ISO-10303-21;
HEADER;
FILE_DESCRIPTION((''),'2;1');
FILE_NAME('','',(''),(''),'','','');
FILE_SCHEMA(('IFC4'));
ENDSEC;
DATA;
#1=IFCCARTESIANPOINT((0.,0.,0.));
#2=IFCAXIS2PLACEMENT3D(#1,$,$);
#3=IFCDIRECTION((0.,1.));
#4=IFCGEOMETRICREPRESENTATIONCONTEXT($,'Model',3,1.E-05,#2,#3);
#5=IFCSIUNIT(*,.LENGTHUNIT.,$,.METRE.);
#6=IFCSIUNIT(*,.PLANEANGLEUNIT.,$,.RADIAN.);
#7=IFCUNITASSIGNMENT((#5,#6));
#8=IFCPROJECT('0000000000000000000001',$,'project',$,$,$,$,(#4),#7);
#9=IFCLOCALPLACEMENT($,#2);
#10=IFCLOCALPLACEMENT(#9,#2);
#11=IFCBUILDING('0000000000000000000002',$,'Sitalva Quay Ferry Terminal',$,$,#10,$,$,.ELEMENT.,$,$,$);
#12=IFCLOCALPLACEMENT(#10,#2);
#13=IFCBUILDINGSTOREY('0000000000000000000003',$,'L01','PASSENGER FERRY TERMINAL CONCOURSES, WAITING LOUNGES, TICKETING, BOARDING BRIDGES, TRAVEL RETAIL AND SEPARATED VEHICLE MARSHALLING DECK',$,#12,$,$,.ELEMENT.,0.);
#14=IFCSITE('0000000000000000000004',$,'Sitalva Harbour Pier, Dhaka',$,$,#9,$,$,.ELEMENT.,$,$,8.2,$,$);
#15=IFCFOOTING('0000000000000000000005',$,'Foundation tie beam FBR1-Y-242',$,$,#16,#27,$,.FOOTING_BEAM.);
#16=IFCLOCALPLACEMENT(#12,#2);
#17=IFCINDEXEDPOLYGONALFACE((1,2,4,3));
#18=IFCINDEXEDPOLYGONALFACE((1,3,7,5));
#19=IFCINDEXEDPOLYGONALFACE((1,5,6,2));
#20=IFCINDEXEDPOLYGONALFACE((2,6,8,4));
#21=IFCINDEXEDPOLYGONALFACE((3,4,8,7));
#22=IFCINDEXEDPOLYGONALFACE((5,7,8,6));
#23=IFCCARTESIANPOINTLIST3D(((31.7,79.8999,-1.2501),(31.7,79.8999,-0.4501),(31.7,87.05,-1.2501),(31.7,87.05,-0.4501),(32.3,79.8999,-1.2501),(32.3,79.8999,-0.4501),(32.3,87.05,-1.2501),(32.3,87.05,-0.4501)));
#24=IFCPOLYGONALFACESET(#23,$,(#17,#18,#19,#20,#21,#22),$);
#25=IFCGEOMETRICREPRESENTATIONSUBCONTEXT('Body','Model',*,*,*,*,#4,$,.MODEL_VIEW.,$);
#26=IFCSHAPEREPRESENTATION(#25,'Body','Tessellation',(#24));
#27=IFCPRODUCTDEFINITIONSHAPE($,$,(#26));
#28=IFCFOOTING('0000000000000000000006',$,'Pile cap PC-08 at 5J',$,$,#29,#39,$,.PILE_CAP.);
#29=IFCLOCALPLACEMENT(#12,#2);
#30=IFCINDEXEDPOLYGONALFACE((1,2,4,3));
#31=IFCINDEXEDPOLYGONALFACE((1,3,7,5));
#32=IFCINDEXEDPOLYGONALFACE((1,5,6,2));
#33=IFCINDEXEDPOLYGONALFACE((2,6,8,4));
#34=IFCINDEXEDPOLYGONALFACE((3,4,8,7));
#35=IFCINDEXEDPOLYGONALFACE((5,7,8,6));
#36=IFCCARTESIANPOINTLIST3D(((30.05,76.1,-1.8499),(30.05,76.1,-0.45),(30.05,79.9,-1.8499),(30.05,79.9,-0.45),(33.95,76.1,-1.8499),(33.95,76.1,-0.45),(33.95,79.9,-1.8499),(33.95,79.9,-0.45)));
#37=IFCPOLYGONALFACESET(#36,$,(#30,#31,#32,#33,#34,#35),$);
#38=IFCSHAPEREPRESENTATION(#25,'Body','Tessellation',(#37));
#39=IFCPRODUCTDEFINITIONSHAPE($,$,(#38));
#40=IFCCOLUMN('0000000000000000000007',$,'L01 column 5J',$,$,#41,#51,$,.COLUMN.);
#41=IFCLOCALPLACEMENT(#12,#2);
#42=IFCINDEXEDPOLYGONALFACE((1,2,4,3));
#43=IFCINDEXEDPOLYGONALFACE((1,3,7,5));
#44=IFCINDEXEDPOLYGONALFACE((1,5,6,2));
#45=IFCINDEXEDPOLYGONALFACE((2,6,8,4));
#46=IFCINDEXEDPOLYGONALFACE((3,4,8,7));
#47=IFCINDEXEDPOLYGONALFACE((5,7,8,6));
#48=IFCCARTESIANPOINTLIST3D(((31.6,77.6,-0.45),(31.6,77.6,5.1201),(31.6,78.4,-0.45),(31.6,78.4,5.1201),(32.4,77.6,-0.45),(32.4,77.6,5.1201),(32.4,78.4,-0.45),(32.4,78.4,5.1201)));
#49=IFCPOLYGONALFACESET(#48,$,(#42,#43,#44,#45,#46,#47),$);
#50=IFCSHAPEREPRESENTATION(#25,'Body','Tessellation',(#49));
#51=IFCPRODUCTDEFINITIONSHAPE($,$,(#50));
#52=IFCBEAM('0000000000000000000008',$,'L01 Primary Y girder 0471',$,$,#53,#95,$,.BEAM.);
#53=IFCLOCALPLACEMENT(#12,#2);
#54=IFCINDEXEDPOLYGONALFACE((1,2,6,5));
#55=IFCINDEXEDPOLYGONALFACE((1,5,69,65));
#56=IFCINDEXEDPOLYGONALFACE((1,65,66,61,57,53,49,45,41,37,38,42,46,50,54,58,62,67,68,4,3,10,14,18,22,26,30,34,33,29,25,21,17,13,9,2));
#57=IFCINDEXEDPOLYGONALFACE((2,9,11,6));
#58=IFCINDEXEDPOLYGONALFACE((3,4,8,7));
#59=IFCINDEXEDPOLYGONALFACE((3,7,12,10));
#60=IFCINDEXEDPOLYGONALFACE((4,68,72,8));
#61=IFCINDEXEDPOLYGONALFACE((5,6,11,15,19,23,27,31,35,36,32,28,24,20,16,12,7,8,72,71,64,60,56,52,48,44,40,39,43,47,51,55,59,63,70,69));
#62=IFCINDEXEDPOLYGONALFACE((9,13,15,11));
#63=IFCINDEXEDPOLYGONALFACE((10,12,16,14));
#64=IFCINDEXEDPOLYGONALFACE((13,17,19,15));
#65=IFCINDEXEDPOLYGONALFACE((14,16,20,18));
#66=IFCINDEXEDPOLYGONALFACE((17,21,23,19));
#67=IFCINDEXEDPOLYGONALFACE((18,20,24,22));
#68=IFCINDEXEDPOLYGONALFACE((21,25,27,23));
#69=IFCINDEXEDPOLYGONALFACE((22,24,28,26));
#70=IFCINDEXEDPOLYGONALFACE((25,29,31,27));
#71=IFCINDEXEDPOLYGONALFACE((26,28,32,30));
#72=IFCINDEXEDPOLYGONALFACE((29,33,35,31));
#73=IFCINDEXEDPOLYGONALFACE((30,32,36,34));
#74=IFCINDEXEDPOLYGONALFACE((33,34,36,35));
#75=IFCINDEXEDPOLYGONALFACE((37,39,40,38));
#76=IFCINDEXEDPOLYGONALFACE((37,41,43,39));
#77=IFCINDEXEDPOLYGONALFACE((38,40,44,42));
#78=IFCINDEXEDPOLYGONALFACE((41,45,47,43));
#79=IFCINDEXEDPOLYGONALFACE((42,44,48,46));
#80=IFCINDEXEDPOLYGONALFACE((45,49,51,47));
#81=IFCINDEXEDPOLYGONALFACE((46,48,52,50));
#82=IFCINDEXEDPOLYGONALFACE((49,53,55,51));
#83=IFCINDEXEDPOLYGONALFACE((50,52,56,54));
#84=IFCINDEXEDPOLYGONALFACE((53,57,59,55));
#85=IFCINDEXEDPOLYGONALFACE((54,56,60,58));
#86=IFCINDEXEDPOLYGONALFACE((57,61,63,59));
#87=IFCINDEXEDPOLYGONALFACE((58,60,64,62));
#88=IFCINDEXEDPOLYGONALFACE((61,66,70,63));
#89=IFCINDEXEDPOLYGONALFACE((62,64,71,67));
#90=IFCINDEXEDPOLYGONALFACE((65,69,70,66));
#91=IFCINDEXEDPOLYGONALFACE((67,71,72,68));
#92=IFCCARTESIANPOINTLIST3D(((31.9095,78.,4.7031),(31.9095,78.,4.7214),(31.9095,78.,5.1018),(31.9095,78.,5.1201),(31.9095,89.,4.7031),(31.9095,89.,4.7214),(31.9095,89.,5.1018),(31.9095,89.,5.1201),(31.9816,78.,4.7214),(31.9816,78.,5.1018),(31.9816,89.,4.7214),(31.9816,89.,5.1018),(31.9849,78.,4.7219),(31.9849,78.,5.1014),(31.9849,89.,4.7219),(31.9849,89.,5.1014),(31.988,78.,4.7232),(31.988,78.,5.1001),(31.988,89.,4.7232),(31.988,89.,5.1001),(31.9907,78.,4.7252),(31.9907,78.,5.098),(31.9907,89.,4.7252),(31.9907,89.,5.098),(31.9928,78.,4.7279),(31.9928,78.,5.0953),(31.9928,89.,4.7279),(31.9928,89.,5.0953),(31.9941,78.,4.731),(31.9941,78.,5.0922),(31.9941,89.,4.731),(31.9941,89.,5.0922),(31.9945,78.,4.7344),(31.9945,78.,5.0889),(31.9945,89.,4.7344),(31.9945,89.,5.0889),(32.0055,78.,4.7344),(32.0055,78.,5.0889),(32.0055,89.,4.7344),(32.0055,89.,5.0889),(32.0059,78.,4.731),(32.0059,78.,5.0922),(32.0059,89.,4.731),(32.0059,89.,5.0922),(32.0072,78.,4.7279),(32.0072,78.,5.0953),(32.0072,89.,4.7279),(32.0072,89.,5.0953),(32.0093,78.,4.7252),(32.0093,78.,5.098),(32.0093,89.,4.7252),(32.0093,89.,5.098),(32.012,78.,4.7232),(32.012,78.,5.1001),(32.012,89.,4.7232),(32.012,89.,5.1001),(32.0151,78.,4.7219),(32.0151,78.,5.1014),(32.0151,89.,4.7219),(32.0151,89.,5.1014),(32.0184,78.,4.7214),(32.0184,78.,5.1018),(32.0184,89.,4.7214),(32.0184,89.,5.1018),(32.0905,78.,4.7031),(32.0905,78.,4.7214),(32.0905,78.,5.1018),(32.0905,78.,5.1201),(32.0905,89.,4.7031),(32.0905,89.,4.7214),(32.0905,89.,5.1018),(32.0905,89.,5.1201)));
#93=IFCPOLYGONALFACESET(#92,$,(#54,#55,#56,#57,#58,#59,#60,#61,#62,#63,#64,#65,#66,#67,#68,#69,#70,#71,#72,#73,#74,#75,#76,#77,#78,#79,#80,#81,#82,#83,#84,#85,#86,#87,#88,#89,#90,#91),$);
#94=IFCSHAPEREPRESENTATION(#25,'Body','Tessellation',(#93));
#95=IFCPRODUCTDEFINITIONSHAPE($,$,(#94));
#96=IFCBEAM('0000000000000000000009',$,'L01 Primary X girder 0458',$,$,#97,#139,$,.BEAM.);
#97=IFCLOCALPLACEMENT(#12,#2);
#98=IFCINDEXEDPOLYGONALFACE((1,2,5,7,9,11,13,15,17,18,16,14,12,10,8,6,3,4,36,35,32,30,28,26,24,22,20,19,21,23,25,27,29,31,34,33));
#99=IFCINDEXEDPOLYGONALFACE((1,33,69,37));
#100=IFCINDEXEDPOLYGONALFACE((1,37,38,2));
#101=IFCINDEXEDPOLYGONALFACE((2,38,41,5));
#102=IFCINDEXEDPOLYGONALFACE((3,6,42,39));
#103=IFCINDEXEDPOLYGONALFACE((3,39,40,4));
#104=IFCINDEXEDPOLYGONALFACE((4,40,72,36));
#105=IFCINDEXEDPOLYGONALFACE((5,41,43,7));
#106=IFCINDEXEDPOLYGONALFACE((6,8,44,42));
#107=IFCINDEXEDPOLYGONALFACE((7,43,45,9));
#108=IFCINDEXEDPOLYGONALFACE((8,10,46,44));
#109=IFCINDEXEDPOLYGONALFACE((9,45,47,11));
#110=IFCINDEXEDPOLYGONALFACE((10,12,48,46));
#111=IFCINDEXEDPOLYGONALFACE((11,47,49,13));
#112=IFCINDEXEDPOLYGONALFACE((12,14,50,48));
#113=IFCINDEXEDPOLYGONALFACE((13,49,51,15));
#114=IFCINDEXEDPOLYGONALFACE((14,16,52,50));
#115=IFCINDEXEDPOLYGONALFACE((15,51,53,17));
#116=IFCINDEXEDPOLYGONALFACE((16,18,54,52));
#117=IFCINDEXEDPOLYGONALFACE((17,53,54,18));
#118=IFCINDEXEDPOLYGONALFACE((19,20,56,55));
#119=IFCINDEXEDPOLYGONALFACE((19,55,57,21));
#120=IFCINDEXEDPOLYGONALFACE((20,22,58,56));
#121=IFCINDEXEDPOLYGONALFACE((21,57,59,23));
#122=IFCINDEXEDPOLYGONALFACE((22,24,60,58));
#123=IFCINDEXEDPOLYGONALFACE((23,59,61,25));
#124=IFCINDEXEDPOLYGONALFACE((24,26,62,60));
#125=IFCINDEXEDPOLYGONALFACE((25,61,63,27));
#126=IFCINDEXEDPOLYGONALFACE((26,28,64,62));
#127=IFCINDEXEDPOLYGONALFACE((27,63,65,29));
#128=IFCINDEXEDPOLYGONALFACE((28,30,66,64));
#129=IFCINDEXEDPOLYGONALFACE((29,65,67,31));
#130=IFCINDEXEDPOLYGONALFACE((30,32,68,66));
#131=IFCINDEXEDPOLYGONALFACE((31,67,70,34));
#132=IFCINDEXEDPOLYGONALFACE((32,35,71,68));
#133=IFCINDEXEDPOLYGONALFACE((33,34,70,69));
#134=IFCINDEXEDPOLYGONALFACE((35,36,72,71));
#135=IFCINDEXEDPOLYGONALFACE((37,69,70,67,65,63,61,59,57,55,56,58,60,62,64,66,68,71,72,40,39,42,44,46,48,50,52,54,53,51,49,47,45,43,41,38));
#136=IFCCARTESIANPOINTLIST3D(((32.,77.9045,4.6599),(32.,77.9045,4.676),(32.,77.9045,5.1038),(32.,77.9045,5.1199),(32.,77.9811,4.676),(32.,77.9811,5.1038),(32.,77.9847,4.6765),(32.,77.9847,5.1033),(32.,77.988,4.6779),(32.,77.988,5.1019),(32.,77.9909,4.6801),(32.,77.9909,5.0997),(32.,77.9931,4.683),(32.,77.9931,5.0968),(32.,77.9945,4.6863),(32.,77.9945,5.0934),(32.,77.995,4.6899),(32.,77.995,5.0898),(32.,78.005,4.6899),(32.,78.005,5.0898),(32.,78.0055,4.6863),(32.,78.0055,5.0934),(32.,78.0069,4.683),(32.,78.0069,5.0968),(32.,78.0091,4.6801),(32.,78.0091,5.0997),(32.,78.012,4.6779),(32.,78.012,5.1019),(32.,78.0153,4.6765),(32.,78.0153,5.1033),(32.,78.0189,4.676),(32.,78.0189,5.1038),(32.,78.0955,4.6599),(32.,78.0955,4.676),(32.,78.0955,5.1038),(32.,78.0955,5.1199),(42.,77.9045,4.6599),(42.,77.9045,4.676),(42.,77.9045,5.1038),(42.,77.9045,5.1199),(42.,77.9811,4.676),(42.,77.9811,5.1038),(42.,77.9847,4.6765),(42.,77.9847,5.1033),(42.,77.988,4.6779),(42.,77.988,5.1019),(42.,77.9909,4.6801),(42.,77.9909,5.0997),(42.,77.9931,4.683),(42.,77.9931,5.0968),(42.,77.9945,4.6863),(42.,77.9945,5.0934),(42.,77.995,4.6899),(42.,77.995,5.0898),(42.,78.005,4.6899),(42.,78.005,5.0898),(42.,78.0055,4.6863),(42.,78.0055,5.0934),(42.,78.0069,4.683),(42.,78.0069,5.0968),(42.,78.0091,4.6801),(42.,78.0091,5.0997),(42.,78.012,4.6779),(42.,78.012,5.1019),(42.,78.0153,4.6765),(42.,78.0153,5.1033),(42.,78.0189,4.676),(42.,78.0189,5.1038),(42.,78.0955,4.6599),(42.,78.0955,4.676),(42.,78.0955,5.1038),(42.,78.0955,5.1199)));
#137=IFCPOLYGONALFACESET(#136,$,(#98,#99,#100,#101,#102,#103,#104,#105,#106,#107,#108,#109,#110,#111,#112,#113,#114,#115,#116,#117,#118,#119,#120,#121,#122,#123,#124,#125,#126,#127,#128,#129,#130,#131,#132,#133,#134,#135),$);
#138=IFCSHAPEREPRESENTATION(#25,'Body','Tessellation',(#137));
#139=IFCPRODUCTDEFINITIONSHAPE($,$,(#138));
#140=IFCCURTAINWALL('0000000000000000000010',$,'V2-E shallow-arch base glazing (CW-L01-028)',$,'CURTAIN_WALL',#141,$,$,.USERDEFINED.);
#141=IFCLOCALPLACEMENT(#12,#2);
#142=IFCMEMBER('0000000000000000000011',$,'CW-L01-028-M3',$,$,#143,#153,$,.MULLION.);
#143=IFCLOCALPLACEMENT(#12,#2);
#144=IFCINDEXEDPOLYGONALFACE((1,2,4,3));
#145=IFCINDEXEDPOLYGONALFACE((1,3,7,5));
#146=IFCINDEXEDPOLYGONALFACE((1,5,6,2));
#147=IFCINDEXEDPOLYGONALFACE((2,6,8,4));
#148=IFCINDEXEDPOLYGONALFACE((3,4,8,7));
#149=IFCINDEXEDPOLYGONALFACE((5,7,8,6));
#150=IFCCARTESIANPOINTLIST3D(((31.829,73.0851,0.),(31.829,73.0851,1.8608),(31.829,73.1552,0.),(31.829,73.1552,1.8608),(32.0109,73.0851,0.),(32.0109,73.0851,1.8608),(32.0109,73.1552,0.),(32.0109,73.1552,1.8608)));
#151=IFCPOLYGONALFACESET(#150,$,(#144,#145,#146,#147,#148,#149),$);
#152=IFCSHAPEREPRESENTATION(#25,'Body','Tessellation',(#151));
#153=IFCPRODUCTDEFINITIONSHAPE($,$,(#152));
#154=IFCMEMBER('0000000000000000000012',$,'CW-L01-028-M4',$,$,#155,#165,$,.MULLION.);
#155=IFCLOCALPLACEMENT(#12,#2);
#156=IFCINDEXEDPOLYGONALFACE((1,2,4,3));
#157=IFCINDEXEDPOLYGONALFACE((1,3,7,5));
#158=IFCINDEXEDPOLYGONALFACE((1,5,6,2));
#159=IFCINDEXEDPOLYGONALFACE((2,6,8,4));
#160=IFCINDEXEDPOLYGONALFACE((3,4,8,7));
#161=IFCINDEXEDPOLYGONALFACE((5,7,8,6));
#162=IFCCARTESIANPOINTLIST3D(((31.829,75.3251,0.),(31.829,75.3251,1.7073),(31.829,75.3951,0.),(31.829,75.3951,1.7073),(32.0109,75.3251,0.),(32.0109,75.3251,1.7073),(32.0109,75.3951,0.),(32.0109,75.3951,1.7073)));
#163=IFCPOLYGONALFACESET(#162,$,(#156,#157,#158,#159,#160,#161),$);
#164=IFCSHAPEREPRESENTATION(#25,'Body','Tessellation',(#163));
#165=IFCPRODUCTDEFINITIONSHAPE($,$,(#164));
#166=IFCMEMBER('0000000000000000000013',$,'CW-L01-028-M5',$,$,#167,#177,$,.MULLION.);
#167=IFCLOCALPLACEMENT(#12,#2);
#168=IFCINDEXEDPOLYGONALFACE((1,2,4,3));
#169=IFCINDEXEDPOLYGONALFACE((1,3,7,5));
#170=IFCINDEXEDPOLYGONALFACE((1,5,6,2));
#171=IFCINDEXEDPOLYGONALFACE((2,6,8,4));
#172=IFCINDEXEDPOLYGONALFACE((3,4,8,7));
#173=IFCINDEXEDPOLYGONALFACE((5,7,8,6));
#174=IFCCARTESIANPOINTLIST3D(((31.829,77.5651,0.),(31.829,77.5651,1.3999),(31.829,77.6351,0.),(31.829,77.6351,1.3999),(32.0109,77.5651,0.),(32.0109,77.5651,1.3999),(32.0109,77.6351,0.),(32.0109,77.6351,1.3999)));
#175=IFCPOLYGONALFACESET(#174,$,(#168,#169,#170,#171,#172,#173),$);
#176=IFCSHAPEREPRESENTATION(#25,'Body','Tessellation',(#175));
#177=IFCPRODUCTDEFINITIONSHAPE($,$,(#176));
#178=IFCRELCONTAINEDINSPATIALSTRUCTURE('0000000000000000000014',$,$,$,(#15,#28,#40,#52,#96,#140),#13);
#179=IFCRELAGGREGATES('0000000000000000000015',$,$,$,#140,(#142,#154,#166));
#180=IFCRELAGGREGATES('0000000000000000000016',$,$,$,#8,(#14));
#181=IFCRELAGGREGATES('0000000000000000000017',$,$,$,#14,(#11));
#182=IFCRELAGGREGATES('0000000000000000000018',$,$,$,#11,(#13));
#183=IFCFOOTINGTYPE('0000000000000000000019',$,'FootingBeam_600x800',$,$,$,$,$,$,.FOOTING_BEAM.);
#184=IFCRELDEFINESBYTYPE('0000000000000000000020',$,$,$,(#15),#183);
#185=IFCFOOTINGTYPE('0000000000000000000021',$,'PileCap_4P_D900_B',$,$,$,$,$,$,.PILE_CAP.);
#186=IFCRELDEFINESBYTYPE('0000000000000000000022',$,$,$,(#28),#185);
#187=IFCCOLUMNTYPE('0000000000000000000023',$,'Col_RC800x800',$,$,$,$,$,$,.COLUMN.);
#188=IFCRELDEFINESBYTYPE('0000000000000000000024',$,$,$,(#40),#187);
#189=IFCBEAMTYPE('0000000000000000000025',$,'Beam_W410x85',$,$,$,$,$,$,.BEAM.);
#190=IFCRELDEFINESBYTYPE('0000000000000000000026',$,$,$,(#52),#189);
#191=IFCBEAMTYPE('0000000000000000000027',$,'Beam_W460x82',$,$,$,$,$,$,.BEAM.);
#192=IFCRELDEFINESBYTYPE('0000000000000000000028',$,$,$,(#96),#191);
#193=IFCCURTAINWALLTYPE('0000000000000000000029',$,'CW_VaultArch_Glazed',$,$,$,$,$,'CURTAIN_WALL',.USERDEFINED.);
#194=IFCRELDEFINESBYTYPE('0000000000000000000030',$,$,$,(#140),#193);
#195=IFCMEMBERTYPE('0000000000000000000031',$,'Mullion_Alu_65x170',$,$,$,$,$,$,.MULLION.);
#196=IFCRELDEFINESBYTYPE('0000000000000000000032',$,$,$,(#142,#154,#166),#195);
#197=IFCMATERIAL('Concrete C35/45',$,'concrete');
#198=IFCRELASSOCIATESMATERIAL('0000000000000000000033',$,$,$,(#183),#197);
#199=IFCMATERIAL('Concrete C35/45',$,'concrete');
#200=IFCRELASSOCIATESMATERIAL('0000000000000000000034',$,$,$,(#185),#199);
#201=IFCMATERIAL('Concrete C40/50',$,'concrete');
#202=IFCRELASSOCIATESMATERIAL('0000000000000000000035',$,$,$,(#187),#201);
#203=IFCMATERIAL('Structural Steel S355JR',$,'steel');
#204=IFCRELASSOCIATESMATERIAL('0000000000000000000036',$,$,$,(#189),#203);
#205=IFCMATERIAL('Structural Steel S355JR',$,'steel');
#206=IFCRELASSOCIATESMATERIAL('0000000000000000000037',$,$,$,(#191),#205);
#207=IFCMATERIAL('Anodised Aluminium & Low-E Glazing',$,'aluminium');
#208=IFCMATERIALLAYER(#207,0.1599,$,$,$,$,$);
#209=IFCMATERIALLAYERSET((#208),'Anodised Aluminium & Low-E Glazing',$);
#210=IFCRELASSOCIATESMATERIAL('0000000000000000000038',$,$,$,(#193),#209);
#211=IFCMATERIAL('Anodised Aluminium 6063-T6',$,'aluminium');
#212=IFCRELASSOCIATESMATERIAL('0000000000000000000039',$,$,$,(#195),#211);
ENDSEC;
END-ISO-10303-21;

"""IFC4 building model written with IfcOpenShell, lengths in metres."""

from ifc_helpers import new_model, si_unit, direction, frame, origin, origin_2d, place, context, subcontext, project, spatial, rectangle, i_section, extrude, material, layer, layer_set, material_profile, profile_set, type_object, element, aggregate, save


model = new_model("IFC4")

# Units and contexts
model_context = context("Model", 3, precision=1e-05, world=origin(), true_north=direction((0.0, 1.0)))
body_context = subcontext(model_context, "Body", "Model", "MODEL_VIEW")
ifc_project = project(units=[si_unit("LENGTHUNIT", "METRE"), si_unit("PLANEANGLEUNIT", "RADIAN")], contexts=[model_context])

# Site, building, storey
site_placement = place(None, origin())
site = spatial("IfcSite", under=ifc_project, at=site_placement, Name="Sitalva Harbour Pier, Dhaka", CompositionType="ELEMENT", RefElevation=8.2)
building_placement = place(site_placement, origin())
building = spatial("IfcBuilding", under=site, at=building_placement, Name="Sitalva Quay Ferry Terminal", CompositionType="ELEMENT")
storey_placement = place(building_placement, origin())
storey = spatial("IfcBuildingStorey", under=building, at=storey_placement, Name="L01", Description="PASSENGER FERRY TERMINAL CONCOURSES, WAITING LOUNGES, TICKETING, BOARDING BRIDGES, TRAVEL RETAIL AND SEPARATED VEHICLE MARSHALLING DECK", CompositionType="ELEMENT", Elevation=0.0)

# Footings
ifc_material_1 = material(Name="Concrete C35/45", Category="concrete")
ifc_material_profile_1 = material_profile(ifc_material_1, rectangle(XDim=0.6001, YDim=0.8, at=origin_2d()), Name="RC600x800")
ifc_profile_set_1 = profile_set([ifc_material_profile_1], Name="Concrete C35/45")
footing_type_1 = type_object("IfcFootingType", Name="FootingBeam_600x800", PredefinedType="FOOTING_BEAM", material=ifc_profile_set_1)
footing_1_placement = place(storey_placement, frame((32.0, 79.8999, -0.8501), z_axis=(0.0, 1.0, 0.0), x_axis=(-1.0, 0.0, 0.0)))
element("IfcFooting", 1, at=footing_1_placement, inside=storey, type_object=footing_type_1, Name="Foundation tie beam FBR1-Y-242", PredefinedType="FOOTING_BEAM", context=body_context, shape_type="SweptSolid", body=[
    extrude(rectangle(XDim=0.6001, YDim=0.8, at=origin_2d()), origin(), (0.0, 0.0, 1.0), 7.1501),
])
ifc_material_2 = material(Name="Concrete C35/45", Category="concrete")
footing_type_2 = type_object("IfcFootingType", Name="PileCap_4P_D900_B", PredefinedType="PILE_CAP", material=ifc_material_2)
footing_2_placement = place(storey_placement, frame((32.0, 78.0, -1.8499), z_axis=(0.0, 0.0, 1.0), x_axis=(1.0, 0.0, 0.0)))
element("IfcFooting", 2, at=footing_2_placement, inside=storey, type_object=footing_type_2, Name="Pile cap PC-08 at 5J", PredefinedType="PILE_CAP", context=body_context, shape_type="SweptSolid", body=[
    extrude(rectangle(XDim=3.8999, YDim=3.8, at=origin_2d()), origin(), (0.0, 0.0, 1.0), 1.3999),
])

# Column
ifc_material_3 = material(Name="Concrete C40/50", Category="concrete")
ifc_material_profile_2 = material_profile(ifc_material_3, rectangle(XDim=0.8, YDim=0.8, at=origin_2d()), Name="RC800x800")
ifc_profile_set_2 = profile_set([ifc_material_profile_2], Name="Concrete C40/50")
column_type = type_object("IfcColumnType", Name="Col_RC800x800", PredefinedType="COLUMN", material=ifc_profile_set_2)
column_placement = place(storey_placement, frame((32.0, 78.0, -0.45), z_axis=(0.0, 0.0, 1.0), x_axis=(1.0, 0.0, 0.0)))
element("IfcColumn", 3, at=column_placement, inside=storey, type_object=column_type, Name="L01 column 5J", PredefinedType="COLUMN", context=body_context, shape_type="SweptSolid", body=[
    extrude(rectangle(XDim=0.8, YDim=0.8, at=origin_2d()), origin(), (0.0, 0.0, 1.0), 5.5701),
])

# Beams
ifc_material_4 = material(Name="Structural Steel S355JR", Category="steel")
ifc_material_profile_3 = material_profile(ifc_material_4, i_section(OverallWidth=0.1809, OverallDepth=0.417, WebThickness=0.011, FlangeThickness=0.0183, FilletRadius=0.0129, at=origin_2d()), Name="W410x85")
ifc_profile_set_3 = profile_set([ifc_material_profile_3], Name="Structural Steel S355JR")
beam_type_1 = type_object("IfcBeamType", Name="Beam_W410x85", PredefinedType="BEAM", material=ifc_profile_set_3)
beam_1_placement = place(storey_placement, frame((32.0, 78.0, 4.9116), z_axis=(0.0, 1.0, 0.0), x_axis=(-1.0, 0.0, 0.0)))
element("IfcBeam", 4, at=beam_1_placement, inside=storey, type_object=beam_type_1, Name="L01 Primary Y girder 0471", PredefinedType="BEAM", context=body_context, shape_type="SweptSolid", body=[
    extrude(i_section(OverallWidth=0.1809, OverallDepth=0.417, WebThickness=0.011, FlangeThickness=0.0183, FilletRadius=0.0129, at=origin_2d()), origin(), (0.0, 0.0, 1.0), 11.0),
])
ifc_material_5 = material(Name="Structural Steel S355JR", Category="steel")
ifc_material_profile_4 = material_profile(ifc_material_5, i_section(OverallWidth=0.1909, OverallDepth=0.46, WebThickness=0.01, FlangeThickness=0.0161, FilletRadius=0.0139, at=origin_2d()), Name="W460x82")
ifc_profile_set_4 = profile_set([ifc_material_profile_4], Name="Structural Steel S355JR")
beam_type_2 = type_object("IfcBeamType", Name="Beam_W460x82", PredefinedType="BEAM", material=ifc_profile_set_4)
beam_2_placement = place(storey_placement, frame((32.0, 78.0, 4.8899), z_axis=(1.0, 0.0, 0.0), x_axis=(0.0, 1.0, 0.0)))
element("IfcBeam", 5, at=beam_2_placement, inside=storey, type_object=beam_type_2, Name="L01 Primary X girder 0458", PredefinedType="BEAM", context=body_context, shape_type="SweptSolid", body=[
    extrude(i_section(OverallWidth=0.1909, OverallDepth=0.46, WebThickness=0.01, FlangeThickness=0.0161, FilletRadius=0.0139, at=origin_2d()), origin(), (0.0, 0.0, 1.0), 10.0),
])

# Curtain wall, members
ifc_material_6 = material(Name="Anodised Aluminium & Low-E Glazing", Category="aluminium")
ifc_layer_1 = layer(ifc_material_6, 0.1599)
ifc_layer_set_1 = layer_set([ifc_layer_1], Name="Anodised Aluminium & Low-E Glazing")
curtain_wall_type = type_object("IfcCurtainWallType", Name="CW_VaultArch_Glazed", ElementType="CURTAIN_WALL", PredefinedType="USERDEFINED", material=ifc_layer_set_1)
curtain_wall_placement = place(storey_placement, origin())
curtain_wall = element("IfcCurtainWall", 6, at=curtain_wall_placement, inside=storey, type_object=curtain_wall_type, Name="V2-E shallow-arch base glazing (CW-L01-028)", ObjectType="CURTAIN_WALL", PredefinedType="USERDEFINED")
ifc_material_7 = material(Name="Anodised Aluminium 6063-T6", Category="aluminium")
ifc_material_profile_5 = material_profile(ifc_material_7, rectangle(XDim=0.0701, YDim=0.1819, at=origin_2d()), Name="ALU70x182")
ifc_profile_set_5 = profile_set([ifc_material_profile_5], Name="Anodised Aluminium 6063-T6")
member_type_1 = type_object("IfcMemberType", Name="Mullion_Alu_65x170", PredefinedType="MULLION", material=ifc_profile_set_5)
member_1_placement = place(storey_placement, frame((31.9199, 73.1201, 0.0), z_axis=(0.0, 0.0, 1.0), x_axis=(0.0, 1.0, 0.0)))
member_1 = element("IfcMember", 7, at=member_1_placement, type_object=member_type_1, Name="CW-L01-028-M3", PredefinedType="MULLION", context=body_context, shape_type="SweptSolid", body=[
    extrude(rectangle(XDim=0.0701, YDim=0.1819, at=origin_2d()), origin(), (0.0, 0.0, 1.0), 1.8608),
])
member_2_placement = place(storey_placement, frame((31.9199, 75.3601, 0.0), z_axis=(0.0, 0.0, 1.0), x_axis=(0.0, 1.0, 0.0)))
member_2 = element("IfcMember", 8, at=member_2_placement, type_object=member_type_1, Name="CW-L01-028-M4", PredefinedType="MULLION", context=body_context, shape_type="SweptSolid", body=[
    extrude(rectangle(XDim=0.0701, YDim=0.1819, at=origin_2d()), origin(), (0.0, 0.0, 1.0), 1.7073),
])
member_3_placement = place(storey_placement, frame((31.9199, 77.6001, 0.0), z_axis=(0.0, 0.0, 1.0), x_axis=(0.0, 1.0, 0.0)))
member_3 = element("IfcMember", 9, at=member_3_placement, type_object=member_type_1, Name="CW-L01-028-M5", PredefinedType="MULLION", context=body_context, shape_type="SweptSolid", body=[
    extrude(rectangle(XDim=0.0701, YDim=0.1819, at=origin_2d()), origin(), (0.0, 0.0, 1.0), 1.3999),
])
aggregate(curtain_wall, [member_1, member_2, member_3])

save(model, "model.ifc")
